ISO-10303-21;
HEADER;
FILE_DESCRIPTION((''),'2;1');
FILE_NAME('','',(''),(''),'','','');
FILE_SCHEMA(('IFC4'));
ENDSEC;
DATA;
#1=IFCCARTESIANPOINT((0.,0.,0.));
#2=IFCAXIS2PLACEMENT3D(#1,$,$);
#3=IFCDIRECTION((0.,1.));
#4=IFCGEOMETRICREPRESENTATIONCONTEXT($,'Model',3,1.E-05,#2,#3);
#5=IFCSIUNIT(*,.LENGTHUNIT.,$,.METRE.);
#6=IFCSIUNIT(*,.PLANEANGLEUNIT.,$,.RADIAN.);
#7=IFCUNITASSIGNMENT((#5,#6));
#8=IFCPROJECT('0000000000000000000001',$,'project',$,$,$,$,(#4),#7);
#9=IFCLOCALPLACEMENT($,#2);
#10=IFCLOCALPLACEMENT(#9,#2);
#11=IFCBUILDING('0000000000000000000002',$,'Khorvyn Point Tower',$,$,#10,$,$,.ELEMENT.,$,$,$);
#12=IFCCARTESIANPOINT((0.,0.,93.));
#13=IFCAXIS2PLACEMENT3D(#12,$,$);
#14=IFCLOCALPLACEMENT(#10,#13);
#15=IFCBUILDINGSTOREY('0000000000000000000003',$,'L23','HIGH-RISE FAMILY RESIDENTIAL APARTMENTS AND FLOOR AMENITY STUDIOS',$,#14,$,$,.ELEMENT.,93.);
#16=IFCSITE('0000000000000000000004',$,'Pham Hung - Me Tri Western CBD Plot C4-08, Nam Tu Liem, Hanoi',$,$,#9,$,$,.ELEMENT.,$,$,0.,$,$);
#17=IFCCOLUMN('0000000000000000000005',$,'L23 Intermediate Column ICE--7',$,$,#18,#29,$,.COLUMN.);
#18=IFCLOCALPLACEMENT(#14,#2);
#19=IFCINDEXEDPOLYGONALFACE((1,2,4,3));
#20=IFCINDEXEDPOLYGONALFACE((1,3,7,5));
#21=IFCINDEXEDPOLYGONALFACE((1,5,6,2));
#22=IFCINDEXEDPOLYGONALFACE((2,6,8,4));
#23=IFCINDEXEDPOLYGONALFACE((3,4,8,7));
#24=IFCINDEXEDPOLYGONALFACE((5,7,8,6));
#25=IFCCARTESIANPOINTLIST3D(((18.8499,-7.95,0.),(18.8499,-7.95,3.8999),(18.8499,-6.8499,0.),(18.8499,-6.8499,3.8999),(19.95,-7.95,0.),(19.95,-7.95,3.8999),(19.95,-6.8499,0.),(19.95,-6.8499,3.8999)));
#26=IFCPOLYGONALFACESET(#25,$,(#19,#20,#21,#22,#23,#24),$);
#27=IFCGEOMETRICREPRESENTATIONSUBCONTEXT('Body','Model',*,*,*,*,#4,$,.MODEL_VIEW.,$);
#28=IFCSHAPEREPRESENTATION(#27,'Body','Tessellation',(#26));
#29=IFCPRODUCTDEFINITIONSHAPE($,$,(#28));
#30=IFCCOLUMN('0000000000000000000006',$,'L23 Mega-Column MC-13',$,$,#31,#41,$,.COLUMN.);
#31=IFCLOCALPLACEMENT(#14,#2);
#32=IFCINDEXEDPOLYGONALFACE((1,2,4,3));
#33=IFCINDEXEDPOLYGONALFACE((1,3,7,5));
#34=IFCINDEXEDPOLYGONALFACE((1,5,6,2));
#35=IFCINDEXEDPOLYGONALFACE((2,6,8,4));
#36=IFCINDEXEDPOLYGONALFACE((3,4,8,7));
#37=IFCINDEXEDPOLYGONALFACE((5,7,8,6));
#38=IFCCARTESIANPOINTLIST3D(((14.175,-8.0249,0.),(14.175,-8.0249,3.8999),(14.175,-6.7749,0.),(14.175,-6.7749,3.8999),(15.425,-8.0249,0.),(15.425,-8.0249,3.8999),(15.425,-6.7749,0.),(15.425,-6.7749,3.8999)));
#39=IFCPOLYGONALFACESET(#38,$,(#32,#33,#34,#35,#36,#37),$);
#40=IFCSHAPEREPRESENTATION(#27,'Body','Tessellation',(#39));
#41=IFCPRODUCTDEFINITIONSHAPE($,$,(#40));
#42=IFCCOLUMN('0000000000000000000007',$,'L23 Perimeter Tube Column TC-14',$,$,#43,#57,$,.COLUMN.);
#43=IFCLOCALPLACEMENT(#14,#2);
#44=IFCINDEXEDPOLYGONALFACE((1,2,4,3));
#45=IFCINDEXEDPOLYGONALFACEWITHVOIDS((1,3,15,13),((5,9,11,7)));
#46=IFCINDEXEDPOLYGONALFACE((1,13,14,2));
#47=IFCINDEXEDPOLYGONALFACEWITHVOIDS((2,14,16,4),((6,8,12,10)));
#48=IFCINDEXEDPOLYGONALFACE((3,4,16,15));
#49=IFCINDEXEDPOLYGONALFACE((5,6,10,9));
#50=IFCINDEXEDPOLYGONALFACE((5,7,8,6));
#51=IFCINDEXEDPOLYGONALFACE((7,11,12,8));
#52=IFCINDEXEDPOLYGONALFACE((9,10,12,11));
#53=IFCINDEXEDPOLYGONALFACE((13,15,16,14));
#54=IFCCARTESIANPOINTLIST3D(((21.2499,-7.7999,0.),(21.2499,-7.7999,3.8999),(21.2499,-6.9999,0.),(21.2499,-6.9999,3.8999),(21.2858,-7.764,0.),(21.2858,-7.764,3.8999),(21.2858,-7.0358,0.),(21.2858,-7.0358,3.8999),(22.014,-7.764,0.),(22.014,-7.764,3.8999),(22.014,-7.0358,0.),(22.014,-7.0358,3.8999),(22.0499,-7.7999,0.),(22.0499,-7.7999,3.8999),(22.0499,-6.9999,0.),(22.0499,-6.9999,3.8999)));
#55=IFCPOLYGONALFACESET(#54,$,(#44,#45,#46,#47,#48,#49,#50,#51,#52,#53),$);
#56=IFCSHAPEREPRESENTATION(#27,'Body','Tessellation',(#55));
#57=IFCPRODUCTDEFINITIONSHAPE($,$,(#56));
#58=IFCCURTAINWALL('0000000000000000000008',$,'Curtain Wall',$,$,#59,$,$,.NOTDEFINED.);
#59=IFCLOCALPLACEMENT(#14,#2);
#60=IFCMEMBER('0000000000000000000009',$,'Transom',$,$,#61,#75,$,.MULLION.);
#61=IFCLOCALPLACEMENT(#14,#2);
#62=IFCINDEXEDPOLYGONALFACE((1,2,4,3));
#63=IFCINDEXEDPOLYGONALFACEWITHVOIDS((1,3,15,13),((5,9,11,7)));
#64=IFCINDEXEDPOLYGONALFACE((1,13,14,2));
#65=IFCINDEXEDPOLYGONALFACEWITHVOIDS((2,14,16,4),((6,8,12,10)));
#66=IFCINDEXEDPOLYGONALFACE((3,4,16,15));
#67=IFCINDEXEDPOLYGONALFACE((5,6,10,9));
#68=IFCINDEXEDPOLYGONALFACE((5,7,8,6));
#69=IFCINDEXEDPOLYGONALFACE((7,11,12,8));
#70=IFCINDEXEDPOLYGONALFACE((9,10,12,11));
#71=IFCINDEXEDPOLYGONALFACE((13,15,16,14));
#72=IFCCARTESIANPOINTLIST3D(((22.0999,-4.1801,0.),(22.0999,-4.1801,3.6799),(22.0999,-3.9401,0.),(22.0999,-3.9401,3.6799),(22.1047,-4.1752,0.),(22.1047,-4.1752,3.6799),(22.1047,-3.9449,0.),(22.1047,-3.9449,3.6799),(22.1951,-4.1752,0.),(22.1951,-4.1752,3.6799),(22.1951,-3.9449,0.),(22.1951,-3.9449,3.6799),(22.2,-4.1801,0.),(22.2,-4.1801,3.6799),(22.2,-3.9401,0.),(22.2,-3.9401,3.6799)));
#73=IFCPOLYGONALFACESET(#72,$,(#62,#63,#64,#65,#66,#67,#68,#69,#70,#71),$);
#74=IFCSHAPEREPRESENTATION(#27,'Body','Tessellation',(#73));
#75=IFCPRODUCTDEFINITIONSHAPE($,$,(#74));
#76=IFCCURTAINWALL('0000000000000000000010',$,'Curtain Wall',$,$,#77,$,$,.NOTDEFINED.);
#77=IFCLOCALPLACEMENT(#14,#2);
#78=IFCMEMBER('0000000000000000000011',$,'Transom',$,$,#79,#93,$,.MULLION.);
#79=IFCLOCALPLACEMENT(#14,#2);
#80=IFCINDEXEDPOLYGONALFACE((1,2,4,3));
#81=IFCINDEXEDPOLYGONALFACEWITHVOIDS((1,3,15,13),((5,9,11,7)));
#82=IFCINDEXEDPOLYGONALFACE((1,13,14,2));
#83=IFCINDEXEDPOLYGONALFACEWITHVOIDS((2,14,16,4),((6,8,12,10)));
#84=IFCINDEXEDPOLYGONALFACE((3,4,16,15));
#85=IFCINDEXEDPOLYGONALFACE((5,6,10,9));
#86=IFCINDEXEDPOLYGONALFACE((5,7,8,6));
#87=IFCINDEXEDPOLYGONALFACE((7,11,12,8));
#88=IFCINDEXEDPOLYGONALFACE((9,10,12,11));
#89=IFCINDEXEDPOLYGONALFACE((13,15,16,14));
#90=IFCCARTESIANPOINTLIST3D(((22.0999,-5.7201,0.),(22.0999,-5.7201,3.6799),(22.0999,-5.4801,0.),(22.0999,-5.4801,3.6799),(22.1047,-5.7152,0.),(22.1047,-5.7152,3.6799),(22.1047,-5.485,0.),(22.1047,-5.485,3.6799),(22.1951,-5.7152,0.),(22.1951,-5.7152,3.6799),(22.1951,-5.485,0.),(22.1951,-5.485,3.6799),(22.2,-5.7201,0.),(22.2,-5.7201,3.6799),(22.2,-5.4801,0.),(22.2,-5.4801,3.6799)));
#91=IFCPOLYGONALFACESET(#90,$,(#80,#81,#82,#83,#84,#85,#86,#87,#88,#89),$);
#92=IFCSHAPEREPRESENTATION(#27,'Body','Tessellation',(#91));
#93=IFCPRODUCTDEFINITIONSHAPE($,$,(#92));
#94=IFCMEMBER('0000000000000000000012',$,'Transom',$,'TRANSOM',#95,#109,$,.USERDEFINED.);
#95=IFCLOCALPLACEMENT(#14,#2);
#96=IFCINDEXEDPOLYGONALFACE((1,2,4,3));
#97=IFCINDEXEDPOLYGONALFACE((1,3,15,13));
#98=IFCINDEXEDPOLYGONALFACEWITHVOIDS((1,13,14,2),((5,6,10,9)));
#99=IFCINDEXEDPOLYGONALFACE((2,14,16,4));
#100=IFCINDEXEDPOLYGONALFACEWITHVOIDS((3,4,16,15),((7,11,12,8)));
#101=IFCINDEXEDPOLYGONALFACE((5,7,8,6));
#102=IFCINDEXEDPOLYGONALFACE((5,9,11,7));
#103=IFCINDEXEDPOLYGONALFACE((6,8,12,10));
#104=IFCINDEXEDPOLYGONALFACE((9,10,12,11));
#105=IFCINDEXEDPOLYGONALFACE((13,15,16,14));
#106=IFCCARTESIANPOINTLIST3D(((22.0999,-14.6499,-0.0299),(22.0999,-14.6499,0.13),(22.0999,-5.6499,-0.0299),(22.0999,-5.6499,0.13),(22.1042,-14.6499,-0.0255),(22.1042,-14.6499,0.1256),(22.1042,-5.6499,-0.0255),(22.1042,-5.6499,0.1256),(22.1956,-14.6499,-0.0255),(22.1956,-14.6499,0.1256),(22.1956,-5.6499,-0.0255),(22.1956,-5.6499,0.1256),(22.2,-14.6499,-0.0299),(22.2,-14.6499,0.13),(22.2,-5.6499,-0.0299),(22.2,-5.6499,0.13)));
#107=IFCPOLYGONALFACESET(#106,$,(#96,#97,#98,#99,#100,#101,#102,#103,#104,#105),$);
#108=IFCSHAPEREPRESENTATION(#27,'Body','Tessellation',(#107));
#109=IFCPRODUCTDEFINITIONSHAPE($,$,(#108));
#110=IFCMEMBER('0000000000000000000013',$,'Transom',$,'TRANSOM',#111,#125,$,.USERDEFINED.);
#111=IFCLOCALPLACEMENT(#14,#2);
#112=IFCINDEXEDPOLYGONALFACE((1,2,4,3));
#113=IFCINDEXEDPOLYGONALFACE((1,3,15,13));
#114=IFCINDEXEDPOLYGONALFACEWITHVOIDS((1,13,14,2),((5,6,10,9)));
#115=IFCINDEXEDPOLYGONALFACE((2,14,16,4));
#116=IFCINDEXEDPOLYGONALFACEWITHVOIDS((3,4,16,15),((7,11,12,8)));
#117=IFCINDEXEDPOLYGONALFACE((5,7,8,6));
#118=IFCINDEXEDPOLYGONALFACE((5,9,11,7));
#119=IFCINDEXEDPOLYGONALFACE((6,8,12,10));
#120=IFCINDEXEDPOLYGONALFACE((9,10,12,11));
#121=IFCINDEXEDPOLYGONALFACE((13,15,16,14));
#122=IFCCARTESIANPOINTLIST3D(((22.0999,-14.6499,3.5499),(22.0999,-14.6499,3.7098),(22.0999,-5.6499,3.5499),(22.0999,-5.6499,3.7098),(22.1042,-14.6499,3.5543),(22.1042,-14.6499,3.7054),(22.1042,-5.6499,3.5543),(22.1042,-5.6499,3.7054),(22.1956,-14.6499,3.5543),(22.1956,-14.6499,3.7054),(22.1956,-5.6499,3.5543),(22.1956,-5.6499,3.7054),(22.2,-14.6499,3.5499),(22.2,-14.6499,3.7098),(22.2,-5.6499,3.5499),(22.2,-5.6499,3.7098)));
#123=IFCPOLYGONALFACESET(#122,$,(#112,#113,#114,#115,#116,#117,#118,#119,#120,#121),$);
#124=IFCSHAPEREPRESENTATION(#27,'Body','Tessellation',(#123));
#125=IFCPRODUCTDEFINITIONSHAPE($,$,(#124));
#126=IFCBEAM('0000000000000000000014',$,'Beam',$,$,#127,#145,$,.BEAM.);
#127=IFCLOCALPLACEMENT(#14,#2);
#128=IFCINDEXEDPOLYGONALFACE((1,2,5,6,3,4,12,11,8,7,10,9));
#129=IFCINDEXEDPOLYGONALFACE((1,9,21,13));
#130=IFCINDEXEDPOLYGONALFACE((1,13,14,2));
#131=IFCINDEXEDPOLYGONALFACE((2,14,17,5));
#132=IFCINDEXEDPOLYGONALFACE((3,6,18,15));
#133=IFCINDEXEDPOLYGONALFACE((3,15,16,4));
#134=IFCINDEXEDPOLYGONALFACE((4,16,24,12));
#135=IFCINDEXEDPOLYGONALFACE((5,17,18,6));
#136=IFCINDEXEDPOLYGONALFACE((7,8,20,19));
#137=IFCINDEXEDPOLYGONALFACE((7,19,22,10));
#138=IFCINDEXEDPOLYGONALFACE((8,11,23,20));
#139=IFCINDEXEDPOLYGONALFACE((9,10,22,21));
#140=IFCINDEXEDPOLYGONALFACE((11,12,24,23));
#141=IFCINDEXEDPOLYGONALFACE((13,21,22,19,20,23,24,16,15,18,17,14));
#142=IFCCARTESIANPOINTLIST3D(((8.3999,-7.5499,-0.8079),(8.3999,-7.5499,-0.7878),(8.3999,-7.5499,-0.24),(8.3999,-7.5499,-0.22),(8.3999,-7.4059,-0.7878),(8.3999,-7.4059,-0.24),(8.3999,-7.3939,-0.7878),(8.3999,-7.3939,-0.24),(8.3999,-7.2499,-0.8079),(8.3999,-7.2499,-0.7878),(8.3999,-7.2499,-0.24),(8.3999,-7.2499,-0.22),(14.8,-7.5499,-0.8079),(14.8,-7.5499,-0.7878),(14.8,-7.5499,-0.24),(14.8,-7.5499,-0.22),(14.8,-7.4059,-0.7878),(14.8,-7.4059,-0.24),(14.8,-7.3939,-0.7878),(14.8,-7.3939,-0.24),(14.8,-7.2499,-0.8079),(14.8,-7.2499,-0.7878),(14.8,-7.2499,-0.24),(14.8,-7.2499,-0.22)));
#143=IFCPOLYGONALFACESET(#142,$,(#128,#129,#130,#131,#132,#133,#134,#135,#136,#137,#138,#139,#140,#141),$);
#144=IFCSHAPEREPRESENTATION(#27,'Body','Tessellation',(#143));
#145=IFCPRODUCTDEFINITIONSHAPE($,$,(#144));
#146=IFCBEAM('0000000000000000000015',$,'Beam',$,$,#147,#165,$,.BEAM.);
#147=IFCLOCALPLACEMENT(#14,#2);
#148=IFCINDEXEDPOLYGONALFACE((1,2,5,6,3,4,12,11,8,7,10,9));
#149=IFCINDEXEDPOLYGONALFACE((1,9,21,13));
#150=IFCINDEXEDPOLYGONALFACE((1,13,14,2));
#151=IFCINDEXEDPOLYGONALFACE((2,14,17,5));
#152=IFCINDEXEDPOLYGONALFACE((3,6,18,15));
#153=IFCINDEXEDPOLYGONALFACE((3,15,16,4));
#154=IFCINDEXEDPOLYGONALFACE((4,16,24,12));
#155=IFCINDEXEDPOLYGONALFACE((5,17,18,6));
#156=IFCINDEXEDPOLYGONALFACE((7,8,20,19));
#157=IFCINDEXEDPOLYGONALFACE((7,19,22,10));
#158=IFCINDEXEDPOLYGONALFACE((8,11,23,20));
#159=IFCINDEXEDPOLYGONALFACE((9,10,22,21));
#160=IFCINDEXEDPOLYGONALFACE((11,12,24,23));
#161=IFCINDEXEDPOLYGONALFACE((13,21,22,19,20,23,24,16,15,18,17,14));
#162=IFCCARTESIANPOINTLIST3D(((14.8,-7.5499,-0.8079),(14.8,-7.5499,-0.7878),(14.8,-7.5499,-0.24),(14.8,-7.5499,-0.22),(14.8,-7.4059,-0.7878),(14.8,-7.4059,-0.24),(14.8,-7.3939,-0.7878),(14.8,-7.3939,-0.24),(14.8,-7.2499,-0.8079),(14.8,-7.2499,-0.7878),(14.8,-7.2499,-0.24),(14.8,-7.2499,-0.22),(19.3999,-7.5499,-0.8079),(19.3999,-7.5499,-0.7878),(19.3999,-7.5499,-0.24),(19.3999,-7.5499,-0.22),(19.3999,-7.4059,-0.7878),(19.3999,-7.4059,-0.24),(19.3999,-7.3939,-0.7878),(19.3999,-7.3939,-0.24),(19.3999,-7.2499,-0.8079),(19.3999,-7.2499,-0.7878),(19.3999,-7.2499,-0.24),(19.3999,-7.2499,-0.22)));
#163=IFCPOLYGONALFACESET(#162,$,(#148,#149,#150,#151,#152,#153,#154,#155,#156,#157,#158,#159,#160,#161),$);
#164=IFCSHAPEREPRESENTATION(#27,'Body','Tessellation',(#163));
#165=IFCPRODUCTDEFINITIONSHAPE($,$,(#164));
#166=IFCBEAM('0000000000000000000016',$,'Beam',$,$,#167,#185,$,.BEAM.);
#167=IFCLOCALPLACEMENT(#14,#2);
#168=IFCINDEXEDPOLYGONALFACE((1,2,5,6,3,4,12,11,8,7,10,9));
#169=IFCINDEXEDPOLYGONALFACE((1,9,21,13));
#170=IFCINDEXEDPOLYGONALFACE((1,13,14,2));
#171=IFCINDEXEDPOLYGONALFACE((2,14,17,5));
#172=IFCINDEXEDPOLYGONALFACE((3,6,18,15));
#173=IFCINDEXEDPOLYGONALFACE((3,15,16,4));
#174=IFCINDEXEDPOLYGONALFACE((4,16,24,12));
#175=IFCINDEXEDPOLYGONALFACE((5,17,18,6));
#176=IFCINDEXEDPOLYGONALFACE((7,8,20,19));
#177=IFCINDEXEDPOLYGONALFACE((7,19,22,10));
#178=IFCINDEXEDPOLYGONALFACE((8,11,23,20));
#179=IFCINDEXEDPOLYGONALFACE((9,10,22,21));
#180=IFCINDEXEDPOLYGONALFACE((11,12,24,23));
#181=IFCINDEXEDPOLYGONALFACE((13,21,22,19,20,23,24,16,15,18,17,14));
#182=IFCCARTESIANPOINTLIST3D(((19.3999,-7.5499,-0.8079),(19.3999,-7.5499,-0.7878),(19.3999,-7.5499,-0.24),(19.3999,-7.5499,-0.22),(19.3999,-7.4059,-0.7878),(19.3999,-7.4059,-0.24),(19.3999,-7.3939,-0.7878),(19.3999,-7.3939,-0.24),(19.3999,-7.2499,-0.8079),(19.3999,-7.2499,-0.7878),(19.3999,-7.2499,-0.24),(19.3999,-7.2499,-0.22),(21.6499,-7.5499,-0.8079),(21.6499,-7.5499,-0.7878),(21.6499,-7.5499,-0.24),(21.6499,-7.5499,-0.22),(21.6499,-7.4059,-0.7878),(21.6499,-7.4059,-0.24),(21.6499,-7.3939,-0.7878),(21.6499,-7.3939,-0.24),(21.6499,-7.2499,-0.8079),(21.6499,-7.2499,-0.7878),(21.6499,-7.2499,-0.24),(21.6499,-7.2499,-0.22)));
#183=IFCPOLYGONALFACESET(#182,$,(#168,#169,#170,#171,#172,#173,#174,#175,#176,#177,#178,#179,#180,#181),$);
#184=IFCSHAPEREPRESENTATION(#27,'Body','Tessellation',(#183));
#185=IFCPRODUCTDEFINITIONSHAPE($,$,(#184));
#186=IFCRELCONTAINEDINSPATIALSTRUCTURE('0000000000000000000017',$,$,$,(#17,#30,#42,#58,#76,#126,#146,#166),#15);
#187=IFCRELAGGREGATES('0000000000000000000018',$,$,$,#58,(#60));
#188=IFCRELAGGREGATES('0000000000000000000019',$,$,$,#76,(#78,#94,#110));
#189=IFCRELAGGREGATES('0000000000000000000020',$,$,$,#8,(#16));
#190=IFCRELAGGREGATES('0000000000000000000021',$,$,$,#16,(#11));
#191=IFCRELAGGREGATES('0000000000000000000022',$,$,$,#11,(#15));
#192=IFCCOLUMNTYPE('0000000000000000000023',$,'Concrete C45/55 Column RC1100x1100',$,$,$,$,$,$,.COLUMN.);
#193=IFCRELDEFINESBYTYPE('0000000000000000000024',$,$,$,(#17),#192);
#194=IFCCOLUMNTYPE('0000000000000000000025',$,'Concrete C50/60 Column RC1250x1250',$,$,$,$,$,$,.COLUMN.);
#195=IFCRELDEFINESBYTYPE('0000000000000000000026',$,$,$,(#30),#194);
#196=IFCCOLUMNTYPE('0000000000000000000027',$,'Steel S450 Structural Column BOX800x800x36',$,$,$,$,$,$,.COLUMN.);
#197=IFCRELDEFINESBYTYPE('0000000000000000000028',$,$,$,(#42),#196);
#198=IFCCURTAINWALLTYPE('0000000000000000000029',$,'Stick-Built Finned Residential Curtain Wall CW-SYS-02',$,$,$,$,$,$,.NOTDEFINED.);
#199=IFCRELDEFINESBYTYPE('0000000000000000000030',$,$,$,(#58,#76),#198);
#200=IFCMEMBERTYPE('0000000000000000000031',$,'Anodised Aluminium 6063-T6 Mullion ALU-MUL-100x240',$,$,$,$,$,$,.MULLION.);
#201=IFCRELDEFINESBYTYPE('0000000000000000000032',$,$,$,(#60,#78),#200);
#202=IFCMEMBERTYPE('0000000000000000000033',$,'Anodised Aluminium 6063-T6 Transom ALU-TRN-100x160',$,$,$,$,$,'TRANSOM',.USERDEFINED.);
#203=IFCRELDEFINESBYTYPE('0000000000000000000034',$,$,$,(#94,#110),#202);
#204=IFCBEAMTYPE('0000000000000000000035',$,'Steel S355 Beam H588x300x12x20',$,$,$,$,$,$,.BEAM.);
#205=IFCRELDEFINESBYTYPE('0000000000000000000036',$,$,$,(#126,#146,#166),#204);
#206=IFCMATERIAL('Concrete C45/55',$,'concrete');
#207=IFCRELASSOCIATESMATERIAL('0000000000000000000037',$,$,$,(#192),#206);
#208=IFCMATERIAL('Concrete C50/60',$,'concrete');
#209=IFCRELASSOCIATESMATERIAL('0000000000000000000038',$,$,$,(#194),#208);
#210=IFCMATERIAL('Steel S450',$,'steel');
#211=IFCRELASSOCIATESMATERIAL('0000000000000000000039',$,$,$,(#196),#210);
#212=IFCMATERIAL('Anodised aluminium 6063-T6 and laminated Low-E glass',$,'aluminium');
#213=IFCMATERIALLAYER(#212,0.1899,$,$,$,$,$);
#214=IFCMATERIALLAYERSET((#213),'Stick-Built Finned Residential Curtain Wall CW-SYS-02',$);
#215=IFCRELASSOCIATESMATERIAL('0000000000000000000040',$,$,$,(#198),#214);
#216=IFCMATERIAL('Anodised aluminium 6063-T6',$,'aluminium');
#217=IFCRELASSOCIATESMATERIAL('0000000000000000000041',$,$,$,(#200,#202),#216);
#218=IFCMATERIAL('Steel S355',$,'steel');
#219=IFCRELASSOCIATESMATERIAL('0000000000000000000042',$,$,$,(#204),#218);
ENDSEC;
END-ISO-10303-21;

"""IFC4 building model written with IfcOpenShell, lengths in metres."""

from ifc_helpers import new_model, si_unit, direction, frame, origin, origin_2d, place, context, subcontext, project, spatial, rectangle, hollow_rectangle, i_section, extrude, material, layer, layer_set, material_profile, profile_set, type_object, element, aggregate, save


model = new_model("IFC4")

# Units and contexts
model_context = context("Model", 3, precision=1e-05, world=origin(), true_north=direction((0.0, 1.0)))
body_context = subcontext(model_context, "Body", "Model", "MODEL_VIEW")
ifc_project = project(units=[si_unit("LENGTHUNIT", "METRE"), si_unit("PLANEANGLEUNIT", "RADIAN")], contexts=[model_context])

# Site, building, storey
site_placement = place(None, origin())
site = spatial("IfcSite", under=ifc_project, at=site_placement, Name="Pham Hung - Me Tri Western CBD Plot C4-08, Nam Tu Liem, Hanoi", CompositionType="ELEMENT", RefElevation=0.0)
building_placement = place(site_placement, origin())
building = spatial("IfcBuilding", under=site, at=building_placement, Name="Khorvyn Point Tower", CompositionType="ELEMENT")
storey_placement = place(building_placement, frame((0.0, 0.0, 93.0)))
storey = spatial("IfcBuildingStorey", under=building, at=storey_placement, Name="L23", Description="HIGH-RISE FAMILY RESIDENTIAL APARTMENTS AND FLOOR AMENITY STUDIOS", CompositionType="ELEMENT", Elevation=93.0)

# Columns
ifc_material_1 = material(Name="Concrete C45/55", Category="concrete")
ifc_material_profile_1 = material_profile(ifc_material_1, rectangle(XDim=1.1001, YDim=1.1001, at=origin_2d()))
ifc_profile_set_1 = profile_set([ifc_material_profile_1], Name="Concrete C45/55 RC1100x1100")
column_type_1 = type_object("IfcColumnType", Name="Concrete C45/55 Column RC1100x1100", PredefinedType="COLUMN", material=ifc_profile_set_1)
column_1_placement = place(storey_placement, frame((19.3999, -7.3999, 0.0), z_axis=(0.0, 0.0, 1.0), x_axis=(1.0, 0.0, 0.0)))
element("IfcColumn", 1, at=column_1_placement, inside=storey, type_object=column_type_1, Name="L23 Intermediate Column ICE--7", PredefinedType="COLUMN", context=body_context, shape_type="SweptSolid", body=[
    extrude(rectangle(XDim=1.1001, YDim=1.1001, at=origin_2d()), origin(), (0.0, 0.0, 1.0), 3.8999),
])
ifc_material_2 = material(Name="Concrete C50/60", Category="concrete")
ifc_material_profile_2 = material_profile(ifc_material_2, rectangle(XDim=1.25, YDim=1.25, at=origin_2d()))
ifc_profile_set_2 = profile_set([ifc_material_profile_2], Name="Concrete C50/60 RC1250x1250")
column_type_2 = type_object("IfcColumnType", Name="Concrete C50/60 Column RC1250x1250", PredefinedType="COLUMN", material=ifc_profile_set_2)
column_2_placement = place(storey_placement, frame((14.8, -7.3999, 0.0), z_axis=(0.0, 0.0, 1.0), x_axis=(1.0, 0.0, 0.0)))
element("IfcColumn", 2, at=column_2_placement, inside=storey, type_object=column_type_2, Name="L23 Mega-Column MC-13", PredefinedType="COLUMN", context=body_context, shape_type="SweptSolid", body=[
    extrude(rectangle(XDim=1.25, YDim=1.25, at=origin_2d()), origin(), (0.0, 0.0, 1.0), 3.8999),
])
ifc_material_3 = material(Name="Steel S450", Category="steel")
ifc_material_profile_3 = material_profile(ifc_material_3, hollow_rectangle(XDim=0.8, YDim=0.8, WallThickness=0.0359, at=origin_2d()))
ifc_profile_set_3 = profile_set([ifc_material_profile_3], Name="Steel S450 BOX800x800x36")
column_type_3 = type_object("IfcColumnType", Name="Steel S450 Structural Column BOX800x800x36", PredefinedType="COLUMN", material=ifc_profile_set_3)
column_3_placement = place(storey_placement, frame((21.6499, -7.3999, 0.0), z_axis=(0.0, 0.0, 1.0), x_axis=(1.0, 0.0, 0.0)))
element("IfcColumn", 3, at=column_3_placement, inside=storey, type_object=column_type_3, Name="L23 Perimeter Tube Column TC-14", PredefinedType="COLUMN", context=body_context, shape_type="SweptSolid", body=[
    extrude(hollow_rectangle(XDim=0.8, YDim=0.8, WallThickness=0.0359, at=origin_2d()), origin(), (0.0, 0.0, 1.0), 3.8999),
])

# Curtain wall, member
ifc_material_4 = material(Name="Anodised aluminium 6063-T6 and laminated Low-E glass", Category="aluminium")
ifc_layer_1 = layer(ifc_material_4, 0.1899)
ifc_layer_set_1 = layer_set([ifc_layer_1], Name="Stick-Built Finned Residential Curtain Wall CW-SYS-02")
curtain_wall_type = type_object("IfcCurtainWallType", Name="Stick-Built Finned Residential Curtain Wall CW-SYS-02", PredefinedType="NOTDEFINED", material=ifc_layer_set_1)
curtain_wall_1_placement = place(storey_placement, origin())
curtain_wall_1 = element("IfcCurtainWall", 4, at=curtain_wall_1_placement, inside=storey, type_object=curtain_wall_type, Name="Curtain Wall", PredefinedType="NOTDEFINED")
ifc_material_5 = material(Name="Anodised aluminium 6063-T6", Category="aluminium")
ifc_material_profile_4 = material_profile(ifc_material_5, hollow_rectangle(XDim=0.1001, YDim=0.24, WallThickness=0.0049, at=origin_2d()))
ifc_profile_set_4 = profile_set([ifc_material_profile_4], Name="Anodised aluminium 6063-T6 ALU-MUL-100x240")
member_type_1 = type_object("IfcMemberType", Name="Anodised Aluminium 6063-T6 Mullion ALU-MUL-100x240", PredefinedType="MULLION", material=ifc_profile_set_4)
member_1_placement = place(storey_placement, frame((22.1499, -4.0601, 0.0), z_axis=(0.0, 0.0, 1.0), x_axis=(1.0, 0.0, 0.0)))
member_1 = element("IfcMember", 5, at=member_1_placement, type_object=member_type_1, Name="Transom", PredefinedType="MULLION", context=body_context, shape_type="SweptSolid", body=[
    extrude(hollow_rectangle(XDim=0.1001, YDim=0.24, WallThickness=0.0049, at=origin_2d()), origin(), (0.0, 0.0, 1.0), 3.6799),
])

# Curtain wall, members
curtain_wall_2_placement = place(storey_placement, origin())
curtain_wall_2 = element("IfcCurtainWall", 6, at=curtain_wall_2_placement, inside=storey, type_object=curtain_wall_type, Name="Curtain Wall", PredefinedType="NOTDEFINED")
member_2_placement = place(storey_placement, frame((22.1499, -5.6001, 0.0), z_axis=(0.0, 0.0, 1.0), x_axis=(1.0, 0.0, 0.0)))
member_2 = element("IfcMember", 7, at=member_2_placement, type_object=member_type_1, Name="Transom", PredefinedType="MULLION", context=body_context, shape_type="SweptSolid", body=[
    extrude(hollow_rectangle(XDim=0.1001, YDim=0.24, WallThickness=0.0049, at=origin_2d()), origin(), (0.0, 0.0, 1.0), 3.6799),
])
ifc_material_profile_5 = material_profile(ifc_material_5, hollow_rectangle(XDim=0.1001, YDim=0.1599, WallThickness=0.0044, at=origin_2d()))
ifc_profile_set_5 = profile_set([ifc_material_profile_5], Name="Anodised aluminium 6063-T6 ALU-TRN-100x160")
member_type_2 = type_object("IfcMemberType", Name="Anodised Aluminium 6063-T6 Transom ALU-TRN-100x160", ElementType="TRANSOM", PredefinedType="USERDEFINED", material=ifc_profile_set_5)
member_3_placement = place(storey_placement, frame((22.1499, -5.6499, 0.05), z_axis=(0.0, -1.0, 0.0), x_axis=(1.0, 0.0, 0.0)))
member_3 = element("IfcMember", 8, at=member_3_placement, type_object=member_type_2, Name="Transom", ObjectType="TRANSOM", PredefinedType="USERDEFINED", context=body_context, shape_type="SweptSolid", body=[
    extrude(hollow_rectangle(XDim=0.1001, YDim=0.1599, WallThickness=0.0044, at=origin_2d()), origin(), (0.0, 0.0, 1.0), 9.0),
])
member_4_placement = place(storey_placement, frame((22.1499, -5.6499, 3.6299), z_axis=(0.0, -1.0, 0.0), x_axis=(1.0, 0.0, 0.0)))
member_4 = element("IfcMember", 9, at=member_4_placement, type_object=member_type_2, Name="Transom", ObjectType="TRANSOM", PredefinedType="USERDEFINED", context=body_context, shape_type="SweptSolid", body=[
    extrude(hollow_rectangle(XDim=0.1001, YDim=0.1599, WallThickness=0.0044, at=origin_2d()), origin(), (0.0, 0.0, 1.0), 9.0),
])

# Beams
ifc_material_6 = material(Name="Steel S355", Category="steel")
ifc_material_profile_6 = material_profile(ifc_material_6, i_section(OverallWidth=0.3, OverallDepth=0.5879, WebThickness=0.012, FlangeThickness=0.02, at=origin_2d()))
ifc_profile_set_6 = profile_set([ifc_material_profile_6], Name="Steel S355 H588x300x12x20")
beam_type_1 = type_object("IfcBeamType", Name="Steel S355 Beam H588x300x12x20", PredefinedType="BEAM", material=ifc_profile_set_6)
beam_1_placement = place(storey_placement, frame((8.3999, -7.3999, -0.5139), z_axis=(1.0, 0.0, 0.0), x_axis=(0.0, 1.0, 0.0)))
element("IfcBeam", 10, at=beam_1_placement, inside=storey, type_object=beam_type_1, Name="Beam", PredefinedType="BEAM", context=body_context, shape_type="SweptSolid", body=[
    extrude(i_section(OverallWidth=0.3, OverallDepth=0.5879, WebThickness=0.012, FlangeThickness=0.02, at=origin_2d()), origin(), (0.0, 0.0, 1.0), 6.4001),
])
beam_2_placement = place(storey_placement, frame((14.8, -7.3999, -0.5139), z_axis=(1.0, 0.0, 0.0), x_axis=(0.0, 1.0, 0.0)))
element("IfcBeam", 11, at=beam_2_placement, inside=storey, type_object=beam_type_1, Name="Beam", PredefinedType="BEAM", context=body_context, shape_type="SweptSolid", body=[
    extrude(i_section(OverallWidth=0.3, OverallDepth=0.5879, WebThickness=0.012, FlangeThickness=0.02, at=origin_2d()), origin(), (0.0, 0.0, 1.0), 4.5999),
])
beam_3_placement = place(storey_placement, frame((19.3999, -7.3999, -0.5139), z_axis=(1.0, 0.0, 0.0), x_axis=(0.0, 1.0, 0.0)))
element("IfcBeam", 12, at=beam_3_placement, inside=storey, type_object=beam_type_1, Name="Beam", PredefinedType="BEAM", context=body_context, shape_type="SweptSolid", body=[
    extrude(i_section(OverallWidth=0.3, OverallDepth=0.5879, WebThickness=0.012, FlangeThickness=0.02, at=origin_2d()), origin(), (0.0, 0.0, 1.0), 2.25),
])

aggregate(curtain_wall_1, [member_1])
aggregate(curtain_wall_2, [member_2, member_3, member_4])

save(model, "model.ifc")
